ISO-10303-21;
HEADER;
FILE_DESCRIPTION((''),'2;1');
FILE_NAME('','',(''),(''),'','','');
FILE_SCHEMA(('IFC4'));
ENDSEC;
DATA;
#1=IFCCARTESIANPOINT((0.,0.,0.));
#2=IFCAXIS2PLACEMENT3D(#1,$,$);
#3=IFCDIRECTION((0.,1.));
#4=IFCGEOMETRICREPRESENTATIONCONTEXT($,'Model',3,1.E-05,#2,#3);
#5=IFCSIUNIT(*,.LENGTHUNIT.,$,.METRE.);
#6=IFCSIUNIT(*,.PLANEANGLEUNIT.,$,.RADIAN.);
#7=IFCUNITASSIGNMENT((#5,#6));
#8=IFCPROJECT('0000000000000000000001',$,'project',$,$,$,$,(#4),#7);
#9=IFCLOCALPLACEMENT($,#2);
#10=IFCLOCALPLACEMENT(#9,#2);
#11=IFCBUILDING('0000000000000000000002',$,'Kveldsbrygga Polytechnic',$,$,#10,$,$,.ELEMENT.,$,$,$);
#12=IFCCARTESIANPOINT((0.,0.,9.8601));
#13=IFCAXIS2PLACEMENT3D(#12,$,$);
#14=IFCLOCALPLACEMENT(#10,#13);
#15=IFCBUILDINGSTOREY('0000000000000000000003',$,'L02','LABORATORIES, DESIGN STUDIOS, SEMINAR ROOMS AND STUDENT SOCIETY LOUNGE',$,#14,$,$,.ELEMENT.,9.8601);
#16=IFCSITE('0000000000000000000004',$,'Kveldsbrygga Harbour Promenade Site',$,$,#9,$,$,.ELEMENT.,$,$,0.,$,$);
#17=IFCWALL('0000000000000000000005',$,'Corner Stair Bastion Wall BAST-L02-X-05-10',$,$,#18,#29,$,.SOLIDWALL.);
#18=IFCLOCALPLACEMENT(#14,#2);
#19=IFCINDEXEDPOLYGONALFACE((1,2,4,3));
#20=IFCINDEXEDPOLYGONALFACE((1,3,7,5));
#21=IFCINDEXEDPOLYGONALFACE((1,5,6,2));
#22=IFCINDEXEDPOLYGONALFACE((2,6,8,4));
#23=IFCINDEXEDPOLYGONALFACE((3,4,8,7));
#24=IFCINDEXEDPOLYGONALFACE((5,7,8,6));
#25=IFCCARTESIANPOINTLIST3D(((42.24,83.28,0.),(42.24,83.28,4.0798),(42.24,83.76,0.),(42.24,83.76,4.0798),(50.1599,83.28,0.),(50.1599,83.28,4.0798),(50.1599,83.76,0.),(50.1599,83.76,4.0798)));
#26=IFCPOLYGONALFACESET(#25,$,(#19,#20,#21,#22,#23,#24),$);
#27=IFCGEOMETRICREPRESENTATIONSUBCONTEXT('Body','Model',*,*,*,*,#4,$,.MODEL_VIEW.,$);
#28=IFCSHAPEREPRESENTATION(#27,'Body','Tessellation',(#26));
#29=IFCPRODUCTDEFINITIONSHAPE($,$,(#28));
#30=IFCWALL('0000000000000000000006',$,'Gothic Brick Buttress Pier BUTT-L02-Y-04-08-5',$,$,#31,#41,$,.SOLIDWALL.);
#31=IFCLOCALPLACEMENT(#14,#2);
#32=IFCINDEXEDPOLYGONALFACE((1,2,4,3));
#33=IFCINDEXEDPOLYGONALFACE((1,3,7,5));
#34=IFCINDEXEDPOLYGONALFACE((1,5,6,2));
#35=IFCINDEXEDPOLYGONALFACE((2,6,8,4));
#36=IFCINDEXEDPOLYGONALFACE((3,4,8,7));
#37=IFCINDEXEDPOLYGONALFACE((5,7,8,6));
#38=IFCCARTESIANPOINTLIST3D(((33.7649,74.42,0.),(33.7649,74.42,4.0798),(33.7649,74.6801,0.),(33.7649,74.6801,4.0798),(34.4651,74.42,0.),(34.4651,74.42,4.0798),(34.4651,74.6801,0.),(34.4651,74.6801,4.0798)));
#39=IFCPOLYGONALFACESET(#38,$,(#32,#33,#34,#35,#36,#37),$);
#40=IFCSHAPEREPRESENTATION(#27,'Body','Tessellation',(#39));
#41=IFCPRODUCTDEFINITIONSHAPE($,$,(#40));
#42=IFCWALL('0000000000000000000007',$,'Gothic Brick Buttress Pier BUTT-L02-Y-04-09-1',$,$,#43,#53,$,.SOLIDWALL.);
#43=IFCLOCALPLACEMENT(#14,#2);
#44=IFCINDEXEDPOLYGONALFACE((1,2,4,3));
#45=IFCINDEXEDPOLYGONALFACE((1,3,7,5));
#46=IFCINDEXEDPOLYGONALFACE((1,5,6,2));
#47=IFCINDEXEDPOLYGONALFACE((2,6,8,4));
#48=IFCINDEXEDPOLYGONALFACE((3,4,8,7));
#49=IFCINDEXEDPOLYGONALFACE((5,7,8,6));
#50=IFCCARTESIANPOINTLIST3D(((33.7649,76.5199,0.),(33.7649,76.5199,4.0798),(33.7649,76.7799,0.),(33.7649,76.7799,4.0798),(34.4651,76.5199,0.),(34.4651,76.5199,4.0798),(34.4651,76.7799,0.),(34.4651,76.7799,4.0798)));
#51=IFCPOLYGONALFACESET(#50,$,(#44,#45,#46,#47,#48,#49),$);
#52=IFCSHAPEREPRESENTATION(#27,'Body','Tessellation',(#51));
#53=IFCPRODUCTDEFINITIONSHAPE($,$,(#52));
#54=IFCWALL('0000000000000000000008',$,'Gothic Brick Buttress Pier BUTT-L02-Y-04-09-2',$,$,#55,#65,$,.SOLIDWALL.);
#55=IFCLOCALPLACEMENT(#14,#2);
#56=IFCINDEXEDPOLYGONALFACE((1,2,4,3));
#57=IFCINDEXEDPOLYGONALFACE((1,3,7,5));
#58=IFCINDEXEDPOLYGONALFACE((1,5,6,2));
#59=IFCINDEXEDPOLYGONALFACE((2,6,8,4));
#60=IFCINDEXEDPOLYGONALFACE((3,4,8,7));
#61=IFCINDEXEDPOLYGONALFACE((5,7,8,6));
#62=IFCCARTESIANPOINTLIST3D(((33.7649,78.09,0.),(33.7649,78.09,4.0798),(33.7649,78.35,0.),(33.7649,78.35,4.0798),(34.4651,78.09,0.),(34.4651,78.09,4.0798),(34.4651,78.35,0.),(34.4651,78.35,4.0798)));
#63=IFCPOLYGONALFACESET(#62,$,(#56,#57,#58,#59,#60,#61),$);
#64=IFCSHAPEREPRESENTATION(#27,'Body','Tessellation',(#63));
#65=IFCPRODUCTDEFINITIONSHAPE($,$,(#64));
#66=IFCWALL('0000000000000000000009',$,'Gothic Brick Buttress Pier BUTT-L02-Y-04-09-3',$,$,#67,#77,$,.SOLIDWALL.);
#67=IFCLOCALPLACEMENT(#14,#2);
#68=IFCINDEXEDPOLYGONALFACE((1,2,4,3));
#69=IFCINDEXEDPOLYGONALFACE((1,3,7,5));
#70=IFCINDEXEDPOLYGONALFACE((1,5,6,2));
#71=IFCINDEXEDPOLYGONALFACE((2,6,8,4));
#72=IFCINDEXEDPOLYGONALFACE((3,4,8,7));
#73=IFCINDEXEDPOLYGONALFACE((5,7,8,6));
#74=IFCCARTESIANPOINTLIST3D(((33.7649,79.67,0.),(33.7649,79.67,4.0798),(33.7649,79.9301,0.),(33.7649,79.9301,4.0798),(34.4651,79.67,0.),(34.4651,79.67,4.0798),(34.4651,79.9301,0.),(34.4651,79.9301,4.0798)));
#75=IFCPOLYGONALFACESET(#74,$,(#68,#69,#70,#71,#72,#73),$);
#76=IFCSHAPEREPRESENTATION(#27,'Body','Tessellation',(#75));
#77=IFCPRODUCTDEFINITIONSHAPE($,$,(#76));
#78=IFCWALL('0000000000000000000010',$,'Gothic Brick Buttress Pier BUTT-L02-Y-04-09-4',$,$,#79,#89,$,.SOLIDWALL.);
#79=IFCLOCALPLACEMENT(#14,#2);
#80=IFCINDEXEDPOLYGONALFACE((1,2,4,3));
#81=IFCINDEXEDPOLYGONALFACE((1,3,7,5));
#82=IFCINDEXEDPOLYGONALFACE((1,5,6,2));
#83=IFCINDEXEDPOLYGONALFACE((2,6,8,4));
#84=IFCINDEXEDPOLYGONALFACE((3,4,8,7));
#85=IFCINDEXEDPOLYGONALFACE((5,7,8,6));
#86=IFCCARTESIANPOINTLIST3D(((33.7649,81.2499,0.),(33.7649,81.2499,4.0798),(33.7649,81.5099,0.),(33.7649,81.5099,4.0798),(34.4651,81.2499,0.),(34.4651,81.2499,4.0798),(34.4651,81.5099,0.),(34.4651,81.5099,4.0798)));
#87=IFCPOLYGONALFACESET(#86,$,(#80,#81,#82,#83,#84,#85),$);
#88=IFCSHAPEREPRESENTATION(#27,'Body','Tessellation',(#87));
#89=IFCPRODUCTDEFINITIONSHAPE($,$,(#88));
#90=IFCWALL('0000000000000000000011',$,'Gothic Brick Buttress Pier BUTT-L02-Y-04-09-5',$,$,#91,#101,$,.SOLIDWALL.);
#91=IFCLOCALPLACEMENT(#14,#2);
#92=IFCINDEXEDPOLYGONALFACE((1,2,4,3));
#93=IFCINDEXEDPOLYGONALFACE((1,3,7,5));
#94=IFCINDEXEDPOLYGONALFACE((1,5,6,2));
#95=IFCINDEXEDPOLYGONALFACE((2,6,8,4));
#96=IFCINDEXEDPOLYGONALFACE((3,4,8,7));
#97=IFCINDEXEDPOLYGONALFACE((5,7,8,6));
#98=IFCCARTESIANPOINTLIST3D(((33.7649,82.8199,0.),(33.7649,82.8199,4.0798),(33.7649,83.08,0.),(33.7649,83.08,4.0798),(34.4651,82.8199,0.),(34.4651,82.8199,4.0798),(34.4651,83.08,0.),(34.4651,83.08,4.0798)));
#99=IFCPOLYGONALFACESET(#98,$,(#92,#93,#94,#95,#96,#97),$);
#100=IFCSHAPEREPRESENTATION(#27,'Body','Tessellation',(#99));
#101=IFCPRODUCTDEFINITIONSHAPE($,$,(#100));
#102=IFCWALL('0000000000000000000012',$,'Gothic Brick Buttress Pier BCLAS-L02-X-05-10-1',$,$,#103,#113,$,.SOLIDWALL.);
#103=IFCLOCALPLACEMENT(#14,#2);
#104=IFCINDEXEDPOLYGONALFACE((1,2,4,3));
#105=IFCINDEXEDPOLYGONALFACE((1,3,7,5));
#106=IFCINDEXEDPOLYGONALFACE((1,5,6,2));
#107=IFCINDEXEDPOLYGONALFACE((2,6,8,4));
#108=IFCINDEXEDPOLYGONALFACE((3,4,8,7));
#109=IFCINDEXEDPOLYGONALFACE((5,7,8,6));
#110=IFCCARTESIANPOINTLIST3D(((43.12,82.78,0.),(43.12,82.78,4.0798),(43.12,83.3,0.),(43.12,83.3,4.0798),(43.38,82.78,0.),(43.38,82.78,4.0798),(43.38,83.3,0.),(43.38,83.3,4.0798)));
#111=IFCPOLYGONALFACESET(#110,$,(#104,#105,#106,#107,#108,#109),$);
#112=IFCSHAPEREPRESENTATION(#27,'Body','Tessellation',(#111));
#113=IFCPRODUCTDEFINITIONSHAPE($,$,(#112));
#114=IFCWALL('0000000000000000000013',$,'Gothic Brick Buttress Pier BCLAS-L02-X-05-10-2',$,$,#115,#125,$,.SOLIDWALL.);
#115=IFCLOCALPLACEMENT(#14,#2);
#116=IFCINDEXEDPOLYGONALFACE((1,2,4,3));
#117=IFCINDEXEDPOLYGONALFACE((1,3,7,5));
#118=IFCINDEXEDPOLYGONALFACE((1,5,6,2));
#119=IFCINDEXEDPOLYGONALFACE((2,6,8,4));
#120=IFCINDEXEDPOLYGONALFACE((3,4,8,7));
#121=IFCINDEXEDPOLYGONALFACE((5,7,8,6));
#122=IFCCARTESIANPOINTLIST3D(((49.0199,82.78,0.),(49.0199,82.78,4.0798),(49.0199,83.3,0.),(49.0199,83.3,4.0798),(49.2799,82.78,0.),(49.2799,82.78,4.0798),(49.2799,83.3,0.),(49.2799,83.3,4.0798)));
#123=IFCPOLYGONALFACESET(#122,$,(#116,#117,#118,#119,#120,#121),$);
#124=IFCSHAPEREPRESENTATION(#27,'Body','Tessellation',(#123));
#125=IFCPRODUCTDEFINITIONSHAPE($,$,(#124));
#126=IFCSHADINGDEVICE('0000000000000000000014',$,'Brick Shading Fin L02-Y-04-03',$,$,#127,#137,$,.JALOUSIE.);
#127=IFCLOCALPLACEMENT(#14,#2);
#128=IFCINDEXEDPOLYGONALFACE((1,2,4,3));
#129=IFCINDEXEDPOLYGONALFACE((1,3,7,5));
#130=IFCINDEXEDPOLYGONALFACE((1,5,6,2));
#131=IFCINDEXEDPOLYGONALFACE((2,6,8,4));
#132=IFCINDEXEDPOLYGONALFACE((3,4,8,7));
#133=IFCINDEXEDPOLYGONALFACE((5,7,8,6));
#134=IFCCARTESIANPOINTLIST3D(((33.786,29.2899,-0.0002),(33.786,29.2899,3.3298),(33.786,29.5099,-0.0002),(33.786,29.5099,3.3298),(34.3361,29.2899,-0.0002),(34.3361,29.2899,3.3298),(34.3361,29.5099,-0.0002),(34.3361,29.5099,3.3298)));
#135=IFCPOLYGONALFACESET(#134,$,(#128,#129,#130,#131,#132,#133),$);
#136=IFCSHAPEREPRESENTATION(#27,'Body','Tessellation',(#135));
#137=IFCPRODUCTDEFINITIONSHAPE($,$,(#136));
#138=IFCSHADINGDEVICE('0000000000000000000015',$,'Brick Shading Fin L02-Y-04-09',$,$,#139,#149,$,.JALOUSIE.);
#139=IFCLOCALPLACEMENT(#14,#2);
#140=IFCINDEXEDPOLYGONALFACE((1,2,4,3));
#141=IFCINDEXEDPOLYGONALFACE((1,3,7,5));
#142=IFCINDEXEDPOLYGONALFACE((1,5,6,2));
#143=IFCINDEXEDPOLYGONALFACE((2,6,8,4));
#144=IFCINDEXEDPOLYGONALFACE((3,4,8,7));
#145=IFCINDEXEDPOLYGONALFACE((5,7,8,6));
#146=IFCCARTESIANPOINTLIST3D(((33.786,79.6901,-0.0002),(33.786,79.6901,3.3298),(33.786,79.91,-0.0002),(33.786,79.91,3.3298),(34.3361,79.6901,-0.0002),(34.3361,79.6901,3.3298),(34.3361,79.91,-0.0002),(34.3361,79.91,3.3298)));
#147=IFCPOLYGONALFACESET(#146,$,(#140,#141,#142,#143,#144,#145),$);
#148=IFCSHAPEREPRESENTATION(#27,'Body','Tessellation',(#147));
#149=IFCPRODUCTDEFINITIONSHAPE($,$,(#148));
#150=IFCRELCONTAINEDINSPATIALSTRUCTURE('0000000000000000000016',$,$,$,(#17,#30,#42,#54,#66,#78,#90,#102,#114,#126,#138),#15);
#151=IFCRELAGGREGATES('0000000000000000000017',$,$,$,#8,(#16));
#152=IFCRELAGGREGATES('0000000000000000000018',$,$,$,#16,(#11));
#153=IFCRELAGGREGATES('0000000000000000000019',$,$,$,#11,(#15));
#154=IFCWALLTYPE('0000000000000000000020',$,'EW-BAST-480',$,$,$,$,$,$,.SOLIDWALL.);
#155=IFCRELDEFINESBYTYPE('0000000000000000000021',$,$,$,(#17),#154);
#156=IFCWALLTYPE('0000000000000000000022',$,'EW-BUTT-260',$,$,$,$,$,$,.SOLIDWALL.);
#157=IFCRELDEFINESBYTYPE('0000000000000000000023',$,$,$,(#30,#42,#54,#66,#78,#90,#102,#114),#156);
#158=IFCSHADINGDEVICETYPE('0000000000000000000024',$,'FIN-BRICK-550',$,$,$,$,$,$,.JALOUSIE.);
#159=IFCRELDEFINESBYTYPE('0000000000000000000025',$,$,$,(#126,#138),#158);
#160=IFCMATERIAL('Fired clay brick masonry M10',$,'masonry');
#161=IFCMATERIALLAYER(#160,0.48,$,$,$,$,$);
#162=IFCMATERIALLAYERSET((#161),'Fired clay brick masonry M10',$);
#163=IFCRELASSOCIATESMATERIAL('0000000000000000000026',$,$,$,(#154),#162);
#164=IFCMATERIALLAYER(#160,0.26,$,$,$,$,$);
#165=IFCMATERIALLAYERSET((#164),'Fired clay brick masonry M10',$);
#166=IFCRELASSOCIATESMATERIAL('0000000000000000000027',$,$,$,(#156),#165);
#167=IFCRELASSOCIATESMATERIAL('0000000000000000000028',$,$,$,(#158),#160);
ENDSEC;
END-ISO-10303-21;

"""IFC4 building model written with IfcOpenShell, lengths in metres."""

from ifc_helpers import new_model, si_unit, direction, frame, frame_2d, origin, origin_2d, place, context, subcontext, project, spatial, rectangle, extrude, material, layer, layer_set, type_object, element, save


model = new_model("IFC4")

# Units and contexts
model_context = context("Model", 3, precision=1e-05, world=origin(), true_north=direction((0.0, 1.0)))
body_context = subcontext(model_context, "Body", "Model", "MODEL_VIEW")
ifc_project = project(units=[si_unit("LENGTHUNIT", "METRE"), si_unit("PLANEANGLEUNIT", "RADIAN")], contexts=[model_context])

# Site, building, storey
site_placement = place(None, origin())
site = spatial("IfcSite", under=ifc_project, at=site_placement, Name="Kveldsbrygga Harbour Promenade Site", CompositionType="ELEMENT", RefElevation=0.0)
building_placement = place(site_placement, origin())
building = spatial("IfcBuilding", under=site, at=building_placement, Name="Kveldsbrygga Polytechnic", CompositionType="ELEMENT")
storey_placement = place(building_placement, frame((0.0, 0.0, 9.8601)))
storey = spatial("IfcBuildingStorey", under=building, at=storey_placement, Name="L02", Description="LABORATORIES, DESIGN STUDIOS, SEMINAR ROOMS AND STUDENT SOCIETY LOUNGE", CompositionType="ELEMENT", Elevation=9.8601)

# Walls
ifc_material = material(Name="Fired clay brick masonry M10", Category="masonry")
ifc_layer_1 = layer(ifc_material, 0.48)
ifc_layer_set_1 = layer_set([ifc_layer_1], Name="Fired clay brick masonry M10")
wall_type_1 = type_object("IfcWallType", Name="EW-BAST-480", PredefinedType="SOLIDWALL", material=ifc_layer_set_1)
wall_placement = place(storey_placement, frame((42.24, 83.52, 0.0), z_axis=(0.0, 0.0, 1.0), x_axis=(1.0, 0.0, 0.0)))
element("IfcWall", 1, at=wall_placement, inside=storey, type_object=wall_type_1, Name="Corner Stair Bastion Wall BAST-L02-X-05-10", PredefinedType="SOLIDWALL", context=body_context, shape_type="SweptSolid", body=[
    extrude(rectangle(XDim=7.9199, YDim=0.48, at=frame_2d((3.96, 0.0))), origin(), (0.0, 0.0, 1.0), 4.0798),
])
ifc_layer_2 = layer(ifc_material, 0.26)
ifc_layer_set_2 = layer_set([ifc_layer_2], Name="Fired clay brick masonry M10")
wall_type_2 = type_object("IfcWallType", Name="EW-BUTT-260", PredefinedType="SOLIDWALL", material=ifc_layer_set_2)
for number, where, z_axis, x_axis, name in (
    (2, (33.7649, 74.55, 0.0), (0.0, 0.0, 1.0), (1.0, 0.0, 0.0), "Gothic Brick Buttress Pier BUTT-L02-Y-04-08-5"),
    (3, (33.7649, 76.6499, 0.0), (0.0, 0.0, 1.0), (1.0, 0.0, 0.0), "Gothic Brick Buttress Pier BUTT-L02-Y-04-09-1"),
    (4, (33.7649, 78.22, 0.0), (0.0, 0.0, 1.0), (1.0, 0.0, 0.0), "Gothic Brick Buttress Pier BUTT-L02-Y-04-09-2"),
    (5, (33.7649, 79.8, 0.0), (0.0, 0.0, 1.0), (1.0, 0.0, 0.0), "Gothic Brick Buttress Pier BUTT-L02-Y-04-09-3"),
    (6, (33.7649, 81.3799, 0.0), (0.0, 0.0, 1.0), (1.0, 0.0, 0.0), "Gothic Brick Buttress Pier BUTT-L02-Y-04-09-4"),
    (7, (33.7649, 82.95, 0.0), (0.0, 0.0, 1.0), (1.0, 0.0, 0.0), "Gothic Brick Buttress Pier BUTT-L02-Y-04-09-5"),
):
    element("IfcWall", number, at=place(storey_placement, frame(where, z_axis=z_axis, x_axis=x_axis)), inside=storey, type_object=wall_type_2, Name=name, PredefinedType="SOLIDWALL", context=body_context, shape_type="SweptSolid", body=[
        extrude(rectangle(XDim=0.7002, YDim=0.26, at=frame_2d((0.3501, 0.0))), origin(), (0.0, 0.0, 1.0), 4.0798),
    ])
for number, where, z_axis, x_axis, name in (
    (8, (43.25, 83.3, 0.0), (0.0, 0.0, 1.0), (0.0, -1.0, 0.0), "Gothic Brick Buttress Pier BCLAS-L02-X-05-10-1"),
    (9, (49.1499, 83.3, 0.0), (0.0, 0.0, 1.0), (0.0, -1.0, 0.0), "Gothic Brick Buttress Pier BCLAS-L02-X-05-10-2"),
):
    element("IfcWall", number, at=place(storey_placement, frame(where, z_axis=z_axis, x_axis=x_axis)), inside=storey, type_object=wall_type_2, Name=name, PredefinedType="SOLIDWALL", context=body_context, shape_type="SweptSolid", body=[
        extrude(rectangle(XDim=0.52, YDim=0.26, at=frame_2d((0.26, 0.0))), origin(), (0.0, 0.0, 1.0), 4.0798),
    ])

# Shading devices
shading_device_type = type_object("IfcShadingDeviceType", Name="FIN-BRICK-550", PredefinedType="JALOUSIE", material=ifc_material)
for number, where, z_axis, x_axis, name in (
    (10, (34.061, 29.3999, -0.0002), (0.0, 0.0, 1.0), (0.0, 1.0, 0.0), "Brick Shading Fin L02-Y-04-03"),
    (11, (34.061, 79.8, -0.0002), (0.0, 0.0, 1.0), (0.0, 1.0, 0.0), "Brick Shading Fin L02-Y-04-09"),
):
    element("IfcShadingDevice", number, at=place(storey_placement, frame(where, z_axis=z_axis, x_axis=x_axis)), inside=storey, type_object=shading_device_type, Name=name, PredefinedType="JALOUSIE", context=body_context, shape_type="SweptSolid", body=[
        extrude(rectangle(XDim=0.22, YDim=0.55, at=origin_2d()), origin(), (0.0, 0.0, 1.0), 3.3301),
    ])

save(model, "model.ifc")
